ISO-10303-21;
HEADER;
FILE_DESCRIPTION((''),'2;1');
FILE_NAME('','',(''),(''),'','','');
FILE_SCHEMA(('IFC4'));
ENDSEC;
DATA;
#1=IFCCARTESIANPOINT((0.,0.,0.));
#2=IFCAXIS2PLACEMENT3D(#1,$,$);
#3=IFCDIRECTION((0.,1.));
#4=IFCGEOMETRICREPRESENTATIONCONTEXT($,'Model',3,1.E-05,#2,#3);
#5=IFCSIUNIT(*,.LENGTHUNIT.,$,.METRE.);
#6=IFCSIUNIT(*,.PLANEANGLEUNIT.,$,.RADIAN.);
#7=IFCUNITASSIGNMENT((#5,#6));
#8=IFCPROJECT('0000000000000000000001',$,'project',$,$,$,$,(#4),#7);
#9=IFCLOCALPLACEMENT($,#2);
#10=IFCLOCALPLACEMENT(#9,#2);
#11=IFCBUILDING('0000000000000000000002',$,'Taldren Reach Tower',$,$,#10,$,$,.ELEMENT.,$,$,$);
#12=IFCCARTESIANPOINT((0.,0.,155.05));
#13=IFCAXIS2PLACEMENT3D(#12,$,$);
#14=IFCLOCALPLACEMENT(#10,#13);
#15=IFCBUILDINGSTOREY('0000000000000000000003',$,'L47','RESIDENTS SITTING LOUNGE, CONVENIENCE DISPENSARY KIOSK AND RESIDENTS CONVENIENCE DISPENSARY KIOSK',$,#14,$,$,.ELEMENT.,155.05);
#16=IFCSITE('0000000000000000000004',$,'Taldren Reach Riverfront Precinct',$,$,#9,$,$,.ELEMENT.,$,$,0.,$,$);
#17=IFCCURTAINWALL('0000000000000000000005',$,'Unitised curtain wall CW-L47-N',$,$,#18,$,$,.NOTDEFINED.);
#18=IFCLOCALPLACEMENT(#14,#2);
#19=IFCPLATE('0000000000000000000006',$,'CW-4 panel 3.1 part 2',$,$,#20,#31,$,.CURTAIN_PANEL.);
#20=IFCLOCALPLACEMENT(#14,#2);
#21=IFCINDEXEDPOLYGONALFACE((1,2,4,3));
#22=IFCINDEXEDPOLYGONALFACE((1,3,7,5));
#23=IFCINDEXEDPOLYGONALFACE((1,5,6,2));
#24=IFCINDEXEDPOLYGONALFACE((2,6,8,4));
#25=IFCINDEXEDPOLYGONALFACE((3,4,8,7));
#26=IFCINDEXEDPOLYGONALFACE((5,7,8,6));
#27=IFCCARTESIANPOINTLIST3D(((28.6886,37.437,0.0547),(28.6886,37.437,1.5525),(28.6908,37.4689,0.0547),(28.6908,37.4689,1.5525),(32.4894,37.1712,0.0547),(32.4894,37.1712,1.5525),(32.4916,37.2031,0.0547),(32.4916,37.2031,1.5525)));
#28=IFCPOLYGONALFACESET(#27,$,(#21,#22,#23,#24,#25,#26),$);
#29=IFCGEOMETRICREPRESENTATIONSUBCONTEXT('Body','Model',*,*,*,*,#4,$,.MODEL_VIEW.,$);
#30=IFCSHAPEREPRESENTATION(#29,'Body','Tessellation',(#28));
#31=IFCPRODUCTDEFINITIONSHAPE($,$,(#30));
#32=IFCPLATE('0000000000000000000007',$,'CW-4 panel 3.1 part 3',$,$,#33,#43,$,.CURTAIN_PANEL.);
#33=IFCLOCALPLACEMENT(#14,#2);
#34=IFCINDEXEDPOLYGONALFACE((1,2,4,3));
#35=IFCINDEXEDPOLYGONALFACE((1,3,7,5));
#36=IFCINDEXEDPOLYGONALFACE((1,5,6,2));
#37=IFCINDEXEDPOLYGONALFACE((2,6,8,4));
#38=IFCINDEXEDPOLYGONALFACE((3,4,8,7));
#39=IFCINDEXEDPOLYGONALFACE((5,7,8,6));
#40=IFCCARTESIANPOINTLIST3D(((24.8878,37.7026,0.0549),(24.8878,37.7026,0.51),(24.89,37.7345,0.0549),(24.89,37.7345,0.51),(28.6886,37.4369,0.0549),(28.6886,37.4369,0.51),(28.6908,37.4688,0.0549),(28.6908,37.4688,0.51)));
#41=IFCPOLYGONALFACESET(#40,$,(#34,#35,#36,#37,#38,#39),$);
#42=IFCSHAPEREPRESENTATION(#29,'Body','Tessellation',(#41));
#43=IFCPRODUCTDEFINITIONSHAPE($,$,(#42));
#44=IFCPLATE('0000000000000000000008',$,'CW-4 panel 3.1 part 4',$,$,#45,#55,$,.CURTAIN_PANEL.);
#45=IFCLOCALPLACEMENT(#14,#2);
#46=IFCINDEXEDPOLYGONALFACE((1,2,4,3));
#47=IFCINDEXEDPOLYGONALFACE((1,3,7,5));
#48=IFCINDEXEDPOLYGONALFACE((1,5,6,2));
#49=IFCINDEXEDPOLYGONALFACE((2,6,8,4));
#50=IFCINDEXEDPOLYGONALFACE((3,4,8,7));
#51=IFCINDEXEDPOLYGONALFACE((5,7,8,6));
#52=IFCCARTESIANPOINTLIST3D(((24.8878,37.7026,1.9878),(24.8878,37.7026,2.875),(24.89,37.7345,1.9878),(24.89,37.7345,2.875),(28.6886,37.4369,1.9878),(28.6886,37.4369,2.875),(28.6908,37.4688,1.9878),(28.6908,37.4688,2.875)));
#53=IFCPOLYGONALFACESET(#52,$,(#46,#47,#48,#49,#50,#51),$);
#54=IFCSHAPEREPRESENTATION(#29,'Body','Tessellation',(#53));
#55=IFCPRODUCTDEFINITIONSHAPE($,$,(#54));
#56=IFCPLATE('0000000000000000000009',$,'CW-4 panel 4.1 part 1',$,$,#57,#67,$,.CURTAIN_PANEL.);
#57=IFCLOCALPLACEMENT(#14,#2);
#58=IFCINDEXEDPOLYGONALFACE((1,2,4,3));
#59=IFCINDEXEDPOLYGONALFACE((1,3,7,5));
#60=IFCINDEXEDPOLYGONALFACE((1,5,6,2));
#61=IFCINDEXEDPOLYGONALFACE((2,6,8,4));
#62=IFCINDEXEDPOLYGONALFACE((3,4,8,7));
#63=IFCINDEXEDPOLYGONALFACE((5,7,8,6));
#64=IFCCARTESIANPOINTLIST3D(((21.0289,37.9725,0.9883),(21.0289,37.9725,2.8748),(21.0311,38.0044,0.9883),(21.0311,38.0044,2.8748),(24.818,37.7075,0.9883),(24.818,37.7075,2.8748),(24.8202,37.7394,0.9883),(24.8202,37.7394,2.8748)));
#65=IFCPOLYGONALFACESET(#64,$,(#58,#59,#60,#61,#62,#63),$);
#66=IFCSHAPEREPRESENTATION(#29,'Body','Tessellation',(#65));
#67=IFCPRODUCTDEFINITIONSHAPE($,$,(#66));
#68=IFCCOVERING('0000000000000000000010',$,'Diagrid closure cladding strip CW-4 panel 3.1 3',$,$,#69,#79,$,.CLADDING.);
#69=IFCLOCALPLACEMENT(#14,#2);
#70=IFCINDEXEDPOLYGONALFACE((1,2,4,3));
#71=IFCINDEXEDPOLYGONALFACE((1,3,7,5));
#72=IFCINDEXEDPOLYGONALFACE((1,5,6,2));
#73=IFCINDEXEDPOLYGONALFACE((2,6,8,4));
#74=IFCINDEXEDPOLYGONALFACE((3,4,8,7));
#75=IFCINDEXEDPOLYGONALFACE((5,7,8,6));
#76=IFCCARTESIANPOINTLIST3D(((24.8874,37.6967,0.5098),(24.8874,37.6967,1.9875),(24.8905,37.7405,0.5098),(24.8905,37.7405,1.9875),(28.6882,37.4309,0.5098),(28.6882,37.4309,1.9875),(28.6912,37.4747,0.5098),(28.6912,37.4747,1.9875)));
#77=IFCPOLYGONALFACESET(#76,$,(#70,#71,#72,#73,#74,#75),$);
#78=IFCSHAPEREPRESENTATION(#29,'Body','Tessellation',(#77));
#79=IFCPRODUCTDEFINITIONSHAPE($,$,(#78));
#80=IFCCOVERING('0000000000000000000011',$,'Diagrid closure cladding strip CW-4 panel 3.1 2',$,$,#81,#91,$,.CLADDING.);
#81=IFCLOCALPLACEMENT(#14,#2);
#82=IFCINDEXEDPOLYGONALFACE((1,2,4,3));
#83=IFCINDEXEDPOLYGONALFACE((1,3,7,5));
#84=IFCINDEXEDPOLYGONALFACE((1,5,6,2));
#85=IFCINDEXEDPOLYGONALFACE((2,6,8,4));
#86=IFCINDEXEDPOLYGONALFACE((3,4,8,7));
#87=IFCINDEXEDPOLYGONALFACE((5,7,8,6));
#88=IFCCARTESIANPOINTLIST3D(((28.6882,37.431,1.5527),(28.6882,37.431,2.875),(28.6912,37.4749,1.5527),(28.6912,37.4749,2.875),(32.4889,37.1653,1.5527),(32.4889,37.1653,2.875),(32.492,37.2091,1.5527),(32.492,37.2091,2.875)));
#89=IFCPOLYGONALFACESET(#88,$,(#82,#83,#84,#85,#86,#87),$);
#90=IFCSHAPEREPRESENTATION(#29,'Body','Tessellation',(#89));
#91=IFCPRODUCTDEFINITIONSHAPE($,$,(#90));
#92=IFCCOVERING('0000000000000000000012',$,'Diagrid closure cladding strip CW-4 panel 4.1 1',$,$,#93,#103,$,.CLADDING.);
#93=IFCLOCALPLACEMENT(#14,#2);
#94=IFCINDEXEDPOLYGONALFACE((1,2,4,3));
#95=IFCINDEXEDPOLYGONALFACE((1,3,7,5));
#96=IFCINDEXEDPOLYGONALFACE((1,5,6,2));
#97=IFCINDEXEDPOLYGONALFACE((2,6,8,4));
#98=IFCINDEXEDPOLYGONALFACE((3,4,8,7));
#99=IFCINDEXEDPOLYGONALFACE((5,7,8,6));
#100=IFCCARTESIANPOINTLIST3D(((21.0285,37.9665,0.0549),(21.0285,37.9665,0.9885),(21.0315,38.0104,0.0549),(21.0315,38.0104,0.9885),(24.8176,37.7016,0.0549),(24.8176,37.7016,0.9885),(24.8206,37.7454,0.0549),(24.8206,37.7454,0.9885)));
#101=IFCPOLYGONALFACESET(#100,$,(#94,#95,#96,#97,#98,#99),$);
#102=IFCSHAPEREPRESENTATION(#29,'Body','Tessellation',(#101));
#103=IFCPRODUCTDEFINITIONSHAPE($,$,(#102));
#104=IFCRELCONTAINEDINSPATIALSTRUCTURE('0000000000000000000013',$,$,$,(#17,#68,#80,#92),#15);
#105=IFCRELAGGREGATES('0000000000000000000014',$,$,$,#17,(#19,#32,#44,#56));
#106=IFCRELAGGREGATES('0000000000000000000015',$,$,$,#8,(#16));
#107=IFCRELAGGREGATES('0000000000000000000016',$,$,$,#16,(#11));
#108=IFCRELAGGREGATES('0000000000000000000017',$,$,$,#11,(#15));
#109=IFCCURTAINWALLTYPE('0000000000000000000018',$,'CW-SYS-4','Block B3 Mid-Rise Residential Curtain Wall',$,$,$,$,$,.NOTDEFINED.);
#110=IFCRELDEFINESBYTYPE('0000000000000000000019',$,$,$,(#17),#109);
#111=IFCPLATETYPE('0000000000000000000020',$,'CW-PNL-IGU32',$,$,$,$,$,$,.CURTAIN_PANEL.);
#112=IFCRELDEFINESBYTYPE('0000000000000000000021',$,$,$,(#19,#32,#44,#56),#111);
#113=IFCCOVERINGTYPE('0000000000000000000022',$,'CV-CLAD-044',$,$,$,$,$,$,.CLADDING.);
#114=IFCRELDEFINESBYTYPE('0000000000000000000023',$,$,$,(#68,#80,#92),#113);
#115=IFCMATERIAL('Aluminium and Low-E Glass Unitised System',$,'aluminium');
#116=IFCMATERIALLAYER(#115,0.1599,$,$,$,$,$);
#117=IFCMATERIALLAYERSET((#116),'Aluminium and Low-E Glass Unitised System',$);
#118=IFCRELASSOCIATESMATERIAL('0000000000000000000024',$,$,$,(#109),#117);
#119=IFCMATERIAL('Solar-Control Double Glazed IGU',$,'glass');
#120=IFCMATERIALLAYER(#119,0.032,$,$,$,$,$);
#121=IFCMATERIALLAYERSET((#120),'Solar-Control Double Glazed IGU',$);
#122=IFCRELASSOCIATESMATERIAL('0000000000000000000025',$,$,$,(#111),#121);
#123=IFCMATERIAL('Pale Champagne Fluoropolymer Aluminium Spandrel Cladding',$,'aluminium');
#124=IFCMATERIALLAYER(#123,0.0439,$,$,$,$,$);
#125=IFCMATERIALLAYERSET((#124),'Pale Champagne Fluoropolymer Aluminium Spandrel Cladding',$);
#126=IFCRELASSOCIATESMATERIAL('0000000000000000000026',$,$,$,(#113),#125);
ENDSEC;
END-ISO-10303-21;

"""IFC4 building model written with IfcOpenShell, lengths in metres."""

from ifc_helpers import new_model, si_unit, direction, frame, origin, origin_2d, place, context, subcontext, project, spatial, rectangle, extrude, source, transform, mapped, material, layer, layer_set, type_object, element, aggregate, save


model = new_model("IFC4")

# Units and contexts
model_context = context("Model", 3, precision=1e-05, world=origin(), true_north=direction((0.0, 1.0)))
body_context = subcontext(model_context, "Body", "Model", "MODEL_VIEW")
ifc_project = project(units=[si_unit("LENGTHUNIT", "METRE"), si_unit("PLANEANGLEUNIT", "RADIAN")], contexts=[model_context])

# Site, building, storey
site_placement = place(None, origin())
site = spatial("IfcSite", under=ifc_project, at=site_placement, Name="Taldren Reach Riverfront Precinct", CompositionType="ELEMENT", RefElevation=0.0)
building_placement = place(site_placement, origin())
building = spatial("IfcBuilding", under=site, at=building_placement, Name="Taldren Reach Tower", CompositionType="ELEMENT")
storey_placement = place(building_placement, frame((0.0, 0.0, 155.05)))
storey = spatial("IfcBuildingStorey", under=building, at=storey_placement, Name="L47", Description="RESIDENTS SITTING LOUNGE, CONVENIENCE DISPENSARY KIOSK AND RESIDENTS CONVENIENCE DISPENSARY KIOSK", CompositionType="ELEMENT", Elevation=155.05)

# Curtain wall
ifc_material_1 = material(Name="Aluminium and Low-E Glass Unitised System", Category="aluminium")
ifc_layer_1 = layer(ifc_material_1, 0.1599)
ifc_layer_set_1 = layer_set([ifc_layer_1], Name="Aluminium and Low-E Glass Unitised System")
curtain_wall_type = type_object("IfcCurtainWallType", Name="CW-SYS-4", Description="Block B3 Mid-Rise Residential Curtain Wall", PredefinedType="NOTDEFINED", material=ifc_layer_set_1)
curtain_wall_placement = place(storey_placement, origin())
curtain_wall = element("IfcCurtainWall", 1, at=curtain_wall_placement, inside=storey, type_object=curtain_wall_type, Name="Unitised curtain wall CW-L47-N", PredefinedType="NOTDEFINED")

# Plates
ifc_material_2 = material(Name="Solar-Control Double Glazed IGU", Category="glass")
ifc_layer_2 = layer(ifc_material_2, 0.032)
ifc_layer_set_2 = layer_set([ifc_layer_2], Name="Solar-Control Double Glazed IGU")
plate_type_1 = type_object("IfcPlateType", Name="CW-PNL-IGU32", PredefinedType="CURTAIN_PANEL", material=ifc_layer_set_2)
shared_shape_1 = source(origin(), body_context, "Body", "SweptSolid", [
    extrude(rectangle(XDim=3.8101, YDim=0.032, at=origin_2d()), origin(), (0.0, 0.0, 1.0), 1.4978),
])
plate_1_placement = place(storey_placement, frame((30.5901, 37.3201, 0.0547), z_axis=(0.0, 0.0, 1.0), x_axis=(-0.997564, 0.069757, 0.0)))
plate_1 = element("IfcPlate", 2, at=plate_1_placement, type_object=plate_type_1, Name="CW-4 panel 3.1 part 2", PredefinedType="CURTAIN_PANEL", context=body_context, shape_type="MappedRepresentation", body=[
    mapped(shared_shape_1, transform((0.0, 0.0, 0.0), scale=1.0)),
])
shared_shape_2 = source(origin(), body_context, "Body", "SweptSolid", [
    extrude(rectangle(XDim=3.8101, YDim=0.032, at=origin_2d()), origin(), (0.0, 0.0, 1.0), 0.4551),
])
plate_2_placement = place(storey_placement, frame((26.7893, 37.5857, 0.0549), z_axis=(0.0, 0.0, 1.0), x_axis=(-0.997564, 0.069757, 0.0)))
plate_2 = element("IfcPlate", 3, at=plate_2_placement, type_object=plate_type_1, Name="CW-4 panel 3.1 part 3", PredefinedType="CURTAIN_PANEL", context=body_context, shape_type="MappedRepresentation", body=[
    mapped(shared_shape_2, transform((0.0, 0.0, 0.0), scale=1.0)),
])
shared_shape_3 = source(origin(), body_context, "Body", "SweptSolid", [
    extrude(rectangle(XDim=3.8101, YDim=0.032, at=origin_2d()), origin(), (0.0, 0.0, 1.0), 0.8872),
])
plate_3_placement = place(storey_placement, frame((26.7893, 37.5857, 1.9878), z_axis=(0.0, 0.0, 1.0), x_axis=(-0.997564, 0.069757, 0.0)))
plate_3 = element("IfcPlate", 4, at=plate_3_placement, type_object=plate_type_1, Name="CW-4 panel 3.1 part 4", PredefinedType="CURTAIN_PANEL", context=body_context, shape_type="MappedRepresentation", body=[
    mapped(shared_shape_3, transform((0.0, 0.0, 0.0), scale=1.0)),
])
shared_shape_4 = source(origin(), body_context, "Body", "SweptSolid", [
    extrude(rectangle(XDim=3.7983, YDim=0.032, at=origin_2d()), origin(), (0.0, 0.0, 1.0), 1.8865),
])
plate_4_placement = place(storey_placement, frame((22.9246, 37.856, 0.9883), z_axis=(0.0, 0.0, 1.0), x_axis=(-0.997564, 0.069757, 0.0)))
plate_4 = element("IfcPlate", 5, at=plate_4_placement, type_object=plate_type_1, Name="CW-4 panel 4.1 part 1", PredefinedType="CURTAIN_PANEL", context=body_context, shape_type="MappedRepresentation", body=[
    mapped(shared_shape_4, transform((0.0, 0.0, 0.0), scale=1.0)),
])
aggregate(curtain_wall, [plate_1, plate_2, plate_3, plate_4])

# Coverings
ifc_material_3 = material(Name="Pale Champagne Fluoropolymer Aluminium Spandrel Cladding", Category="aluminium")
ifc_layer_3 = layer(ifc_material_3, 0.0439)
ifc_layer_set_3 = layer_set([ifc_layer_3], Name="Pale Champagne Fluoropolymer Aluminium Spandrel Cladding")
covering_type = type_object("IfcCoveringType", Name="CV-CLAD-044", PredefinedType="CLADDING", material=ifc_layer_set_3)
shared_shape_5 = source(origin(), body_context, "Body", "SweptSolid", [
    extrude(rectangle(XDim=3.8101, YDim=0.0439, at=origin_2d()), origin(), (0.0, 0.0, 1.0), 1.4778),
])
covering_1_placement = place(storey_placement, frame((26.7893, 37.5857, 0.5098), z_axis=(0.0, 0.0, 1.0), x_axis=(-0.997564, 0.069757, 0.0)))
element("IfcCovering", 6, at=covering_1_placement, inside=storey, type_object=covering_type, Name="Diagrid closure cladding strip CW-4 panel 3.1 3", PredefinedType="CLADDING", context=body_context, shape_type="MappedRepresentation", body=[
    mapped(shared_shape_5, transform((0.0, 0.0, 0.0), scale=1.0)),
])
shared_shape_6 = source(origin(), body_context, "Body", "SweptSolid", [
    extrude(rectangle(XDim=3.8101, YDim=0.0439, at=origin_2d()), origin(), (0.0, 0.0, 1.0), 1.3223),
])
covering_2_placement = place(storey_placement, frame((30.5901, 37.3201, 1.5527), z_axis=(0.0, 0.0, 1.0), x_axis=(-0.997564, 0.069757, 0.0)))
element("IfcCovering", 7, at=covering_2_placement, inside=storey, type_object=covering_type, Name="Diagrid closure cladding strip CW-4 panel 3.1 2", PredefinedType="CLADDING", context=body_context, shape_type="MappedRepresentation", body=[
    mapped(shared_shape_6, transform((0.0, 0.0, 0.0), scale=1.0)),
])
shared_shape_7 = source(origin(), body_context, "Body", "SweptSolid", [
    extrude(rectangle(XDim=3.7983, YDim=0.0439, at=origin_2d()), origin(), (0.0, 0.0, 1.0), 0.9336),
])
covering_3_placement = place(storey_placement, frame((22.9246, 37.856, 0.0549), z_axis=(0.0, 0.0, 1.0), x_axis=(-0.997564, 0.069757, 0.0)))
element("IfcCovering", 8, at=covering_3_placement, inside=storey, type_object=covering_type, Name="Diagrid closure cladding strip CW-4 panel 4.1 1", PredefinedType="CLADDING", context=body_context, shape_type="MappedRepresentation", body=[
    mapped(shared_shape_7, transform((0.0, 0.0, 0.0), scale=1.0)),
])

save(model, "model.ifc")
